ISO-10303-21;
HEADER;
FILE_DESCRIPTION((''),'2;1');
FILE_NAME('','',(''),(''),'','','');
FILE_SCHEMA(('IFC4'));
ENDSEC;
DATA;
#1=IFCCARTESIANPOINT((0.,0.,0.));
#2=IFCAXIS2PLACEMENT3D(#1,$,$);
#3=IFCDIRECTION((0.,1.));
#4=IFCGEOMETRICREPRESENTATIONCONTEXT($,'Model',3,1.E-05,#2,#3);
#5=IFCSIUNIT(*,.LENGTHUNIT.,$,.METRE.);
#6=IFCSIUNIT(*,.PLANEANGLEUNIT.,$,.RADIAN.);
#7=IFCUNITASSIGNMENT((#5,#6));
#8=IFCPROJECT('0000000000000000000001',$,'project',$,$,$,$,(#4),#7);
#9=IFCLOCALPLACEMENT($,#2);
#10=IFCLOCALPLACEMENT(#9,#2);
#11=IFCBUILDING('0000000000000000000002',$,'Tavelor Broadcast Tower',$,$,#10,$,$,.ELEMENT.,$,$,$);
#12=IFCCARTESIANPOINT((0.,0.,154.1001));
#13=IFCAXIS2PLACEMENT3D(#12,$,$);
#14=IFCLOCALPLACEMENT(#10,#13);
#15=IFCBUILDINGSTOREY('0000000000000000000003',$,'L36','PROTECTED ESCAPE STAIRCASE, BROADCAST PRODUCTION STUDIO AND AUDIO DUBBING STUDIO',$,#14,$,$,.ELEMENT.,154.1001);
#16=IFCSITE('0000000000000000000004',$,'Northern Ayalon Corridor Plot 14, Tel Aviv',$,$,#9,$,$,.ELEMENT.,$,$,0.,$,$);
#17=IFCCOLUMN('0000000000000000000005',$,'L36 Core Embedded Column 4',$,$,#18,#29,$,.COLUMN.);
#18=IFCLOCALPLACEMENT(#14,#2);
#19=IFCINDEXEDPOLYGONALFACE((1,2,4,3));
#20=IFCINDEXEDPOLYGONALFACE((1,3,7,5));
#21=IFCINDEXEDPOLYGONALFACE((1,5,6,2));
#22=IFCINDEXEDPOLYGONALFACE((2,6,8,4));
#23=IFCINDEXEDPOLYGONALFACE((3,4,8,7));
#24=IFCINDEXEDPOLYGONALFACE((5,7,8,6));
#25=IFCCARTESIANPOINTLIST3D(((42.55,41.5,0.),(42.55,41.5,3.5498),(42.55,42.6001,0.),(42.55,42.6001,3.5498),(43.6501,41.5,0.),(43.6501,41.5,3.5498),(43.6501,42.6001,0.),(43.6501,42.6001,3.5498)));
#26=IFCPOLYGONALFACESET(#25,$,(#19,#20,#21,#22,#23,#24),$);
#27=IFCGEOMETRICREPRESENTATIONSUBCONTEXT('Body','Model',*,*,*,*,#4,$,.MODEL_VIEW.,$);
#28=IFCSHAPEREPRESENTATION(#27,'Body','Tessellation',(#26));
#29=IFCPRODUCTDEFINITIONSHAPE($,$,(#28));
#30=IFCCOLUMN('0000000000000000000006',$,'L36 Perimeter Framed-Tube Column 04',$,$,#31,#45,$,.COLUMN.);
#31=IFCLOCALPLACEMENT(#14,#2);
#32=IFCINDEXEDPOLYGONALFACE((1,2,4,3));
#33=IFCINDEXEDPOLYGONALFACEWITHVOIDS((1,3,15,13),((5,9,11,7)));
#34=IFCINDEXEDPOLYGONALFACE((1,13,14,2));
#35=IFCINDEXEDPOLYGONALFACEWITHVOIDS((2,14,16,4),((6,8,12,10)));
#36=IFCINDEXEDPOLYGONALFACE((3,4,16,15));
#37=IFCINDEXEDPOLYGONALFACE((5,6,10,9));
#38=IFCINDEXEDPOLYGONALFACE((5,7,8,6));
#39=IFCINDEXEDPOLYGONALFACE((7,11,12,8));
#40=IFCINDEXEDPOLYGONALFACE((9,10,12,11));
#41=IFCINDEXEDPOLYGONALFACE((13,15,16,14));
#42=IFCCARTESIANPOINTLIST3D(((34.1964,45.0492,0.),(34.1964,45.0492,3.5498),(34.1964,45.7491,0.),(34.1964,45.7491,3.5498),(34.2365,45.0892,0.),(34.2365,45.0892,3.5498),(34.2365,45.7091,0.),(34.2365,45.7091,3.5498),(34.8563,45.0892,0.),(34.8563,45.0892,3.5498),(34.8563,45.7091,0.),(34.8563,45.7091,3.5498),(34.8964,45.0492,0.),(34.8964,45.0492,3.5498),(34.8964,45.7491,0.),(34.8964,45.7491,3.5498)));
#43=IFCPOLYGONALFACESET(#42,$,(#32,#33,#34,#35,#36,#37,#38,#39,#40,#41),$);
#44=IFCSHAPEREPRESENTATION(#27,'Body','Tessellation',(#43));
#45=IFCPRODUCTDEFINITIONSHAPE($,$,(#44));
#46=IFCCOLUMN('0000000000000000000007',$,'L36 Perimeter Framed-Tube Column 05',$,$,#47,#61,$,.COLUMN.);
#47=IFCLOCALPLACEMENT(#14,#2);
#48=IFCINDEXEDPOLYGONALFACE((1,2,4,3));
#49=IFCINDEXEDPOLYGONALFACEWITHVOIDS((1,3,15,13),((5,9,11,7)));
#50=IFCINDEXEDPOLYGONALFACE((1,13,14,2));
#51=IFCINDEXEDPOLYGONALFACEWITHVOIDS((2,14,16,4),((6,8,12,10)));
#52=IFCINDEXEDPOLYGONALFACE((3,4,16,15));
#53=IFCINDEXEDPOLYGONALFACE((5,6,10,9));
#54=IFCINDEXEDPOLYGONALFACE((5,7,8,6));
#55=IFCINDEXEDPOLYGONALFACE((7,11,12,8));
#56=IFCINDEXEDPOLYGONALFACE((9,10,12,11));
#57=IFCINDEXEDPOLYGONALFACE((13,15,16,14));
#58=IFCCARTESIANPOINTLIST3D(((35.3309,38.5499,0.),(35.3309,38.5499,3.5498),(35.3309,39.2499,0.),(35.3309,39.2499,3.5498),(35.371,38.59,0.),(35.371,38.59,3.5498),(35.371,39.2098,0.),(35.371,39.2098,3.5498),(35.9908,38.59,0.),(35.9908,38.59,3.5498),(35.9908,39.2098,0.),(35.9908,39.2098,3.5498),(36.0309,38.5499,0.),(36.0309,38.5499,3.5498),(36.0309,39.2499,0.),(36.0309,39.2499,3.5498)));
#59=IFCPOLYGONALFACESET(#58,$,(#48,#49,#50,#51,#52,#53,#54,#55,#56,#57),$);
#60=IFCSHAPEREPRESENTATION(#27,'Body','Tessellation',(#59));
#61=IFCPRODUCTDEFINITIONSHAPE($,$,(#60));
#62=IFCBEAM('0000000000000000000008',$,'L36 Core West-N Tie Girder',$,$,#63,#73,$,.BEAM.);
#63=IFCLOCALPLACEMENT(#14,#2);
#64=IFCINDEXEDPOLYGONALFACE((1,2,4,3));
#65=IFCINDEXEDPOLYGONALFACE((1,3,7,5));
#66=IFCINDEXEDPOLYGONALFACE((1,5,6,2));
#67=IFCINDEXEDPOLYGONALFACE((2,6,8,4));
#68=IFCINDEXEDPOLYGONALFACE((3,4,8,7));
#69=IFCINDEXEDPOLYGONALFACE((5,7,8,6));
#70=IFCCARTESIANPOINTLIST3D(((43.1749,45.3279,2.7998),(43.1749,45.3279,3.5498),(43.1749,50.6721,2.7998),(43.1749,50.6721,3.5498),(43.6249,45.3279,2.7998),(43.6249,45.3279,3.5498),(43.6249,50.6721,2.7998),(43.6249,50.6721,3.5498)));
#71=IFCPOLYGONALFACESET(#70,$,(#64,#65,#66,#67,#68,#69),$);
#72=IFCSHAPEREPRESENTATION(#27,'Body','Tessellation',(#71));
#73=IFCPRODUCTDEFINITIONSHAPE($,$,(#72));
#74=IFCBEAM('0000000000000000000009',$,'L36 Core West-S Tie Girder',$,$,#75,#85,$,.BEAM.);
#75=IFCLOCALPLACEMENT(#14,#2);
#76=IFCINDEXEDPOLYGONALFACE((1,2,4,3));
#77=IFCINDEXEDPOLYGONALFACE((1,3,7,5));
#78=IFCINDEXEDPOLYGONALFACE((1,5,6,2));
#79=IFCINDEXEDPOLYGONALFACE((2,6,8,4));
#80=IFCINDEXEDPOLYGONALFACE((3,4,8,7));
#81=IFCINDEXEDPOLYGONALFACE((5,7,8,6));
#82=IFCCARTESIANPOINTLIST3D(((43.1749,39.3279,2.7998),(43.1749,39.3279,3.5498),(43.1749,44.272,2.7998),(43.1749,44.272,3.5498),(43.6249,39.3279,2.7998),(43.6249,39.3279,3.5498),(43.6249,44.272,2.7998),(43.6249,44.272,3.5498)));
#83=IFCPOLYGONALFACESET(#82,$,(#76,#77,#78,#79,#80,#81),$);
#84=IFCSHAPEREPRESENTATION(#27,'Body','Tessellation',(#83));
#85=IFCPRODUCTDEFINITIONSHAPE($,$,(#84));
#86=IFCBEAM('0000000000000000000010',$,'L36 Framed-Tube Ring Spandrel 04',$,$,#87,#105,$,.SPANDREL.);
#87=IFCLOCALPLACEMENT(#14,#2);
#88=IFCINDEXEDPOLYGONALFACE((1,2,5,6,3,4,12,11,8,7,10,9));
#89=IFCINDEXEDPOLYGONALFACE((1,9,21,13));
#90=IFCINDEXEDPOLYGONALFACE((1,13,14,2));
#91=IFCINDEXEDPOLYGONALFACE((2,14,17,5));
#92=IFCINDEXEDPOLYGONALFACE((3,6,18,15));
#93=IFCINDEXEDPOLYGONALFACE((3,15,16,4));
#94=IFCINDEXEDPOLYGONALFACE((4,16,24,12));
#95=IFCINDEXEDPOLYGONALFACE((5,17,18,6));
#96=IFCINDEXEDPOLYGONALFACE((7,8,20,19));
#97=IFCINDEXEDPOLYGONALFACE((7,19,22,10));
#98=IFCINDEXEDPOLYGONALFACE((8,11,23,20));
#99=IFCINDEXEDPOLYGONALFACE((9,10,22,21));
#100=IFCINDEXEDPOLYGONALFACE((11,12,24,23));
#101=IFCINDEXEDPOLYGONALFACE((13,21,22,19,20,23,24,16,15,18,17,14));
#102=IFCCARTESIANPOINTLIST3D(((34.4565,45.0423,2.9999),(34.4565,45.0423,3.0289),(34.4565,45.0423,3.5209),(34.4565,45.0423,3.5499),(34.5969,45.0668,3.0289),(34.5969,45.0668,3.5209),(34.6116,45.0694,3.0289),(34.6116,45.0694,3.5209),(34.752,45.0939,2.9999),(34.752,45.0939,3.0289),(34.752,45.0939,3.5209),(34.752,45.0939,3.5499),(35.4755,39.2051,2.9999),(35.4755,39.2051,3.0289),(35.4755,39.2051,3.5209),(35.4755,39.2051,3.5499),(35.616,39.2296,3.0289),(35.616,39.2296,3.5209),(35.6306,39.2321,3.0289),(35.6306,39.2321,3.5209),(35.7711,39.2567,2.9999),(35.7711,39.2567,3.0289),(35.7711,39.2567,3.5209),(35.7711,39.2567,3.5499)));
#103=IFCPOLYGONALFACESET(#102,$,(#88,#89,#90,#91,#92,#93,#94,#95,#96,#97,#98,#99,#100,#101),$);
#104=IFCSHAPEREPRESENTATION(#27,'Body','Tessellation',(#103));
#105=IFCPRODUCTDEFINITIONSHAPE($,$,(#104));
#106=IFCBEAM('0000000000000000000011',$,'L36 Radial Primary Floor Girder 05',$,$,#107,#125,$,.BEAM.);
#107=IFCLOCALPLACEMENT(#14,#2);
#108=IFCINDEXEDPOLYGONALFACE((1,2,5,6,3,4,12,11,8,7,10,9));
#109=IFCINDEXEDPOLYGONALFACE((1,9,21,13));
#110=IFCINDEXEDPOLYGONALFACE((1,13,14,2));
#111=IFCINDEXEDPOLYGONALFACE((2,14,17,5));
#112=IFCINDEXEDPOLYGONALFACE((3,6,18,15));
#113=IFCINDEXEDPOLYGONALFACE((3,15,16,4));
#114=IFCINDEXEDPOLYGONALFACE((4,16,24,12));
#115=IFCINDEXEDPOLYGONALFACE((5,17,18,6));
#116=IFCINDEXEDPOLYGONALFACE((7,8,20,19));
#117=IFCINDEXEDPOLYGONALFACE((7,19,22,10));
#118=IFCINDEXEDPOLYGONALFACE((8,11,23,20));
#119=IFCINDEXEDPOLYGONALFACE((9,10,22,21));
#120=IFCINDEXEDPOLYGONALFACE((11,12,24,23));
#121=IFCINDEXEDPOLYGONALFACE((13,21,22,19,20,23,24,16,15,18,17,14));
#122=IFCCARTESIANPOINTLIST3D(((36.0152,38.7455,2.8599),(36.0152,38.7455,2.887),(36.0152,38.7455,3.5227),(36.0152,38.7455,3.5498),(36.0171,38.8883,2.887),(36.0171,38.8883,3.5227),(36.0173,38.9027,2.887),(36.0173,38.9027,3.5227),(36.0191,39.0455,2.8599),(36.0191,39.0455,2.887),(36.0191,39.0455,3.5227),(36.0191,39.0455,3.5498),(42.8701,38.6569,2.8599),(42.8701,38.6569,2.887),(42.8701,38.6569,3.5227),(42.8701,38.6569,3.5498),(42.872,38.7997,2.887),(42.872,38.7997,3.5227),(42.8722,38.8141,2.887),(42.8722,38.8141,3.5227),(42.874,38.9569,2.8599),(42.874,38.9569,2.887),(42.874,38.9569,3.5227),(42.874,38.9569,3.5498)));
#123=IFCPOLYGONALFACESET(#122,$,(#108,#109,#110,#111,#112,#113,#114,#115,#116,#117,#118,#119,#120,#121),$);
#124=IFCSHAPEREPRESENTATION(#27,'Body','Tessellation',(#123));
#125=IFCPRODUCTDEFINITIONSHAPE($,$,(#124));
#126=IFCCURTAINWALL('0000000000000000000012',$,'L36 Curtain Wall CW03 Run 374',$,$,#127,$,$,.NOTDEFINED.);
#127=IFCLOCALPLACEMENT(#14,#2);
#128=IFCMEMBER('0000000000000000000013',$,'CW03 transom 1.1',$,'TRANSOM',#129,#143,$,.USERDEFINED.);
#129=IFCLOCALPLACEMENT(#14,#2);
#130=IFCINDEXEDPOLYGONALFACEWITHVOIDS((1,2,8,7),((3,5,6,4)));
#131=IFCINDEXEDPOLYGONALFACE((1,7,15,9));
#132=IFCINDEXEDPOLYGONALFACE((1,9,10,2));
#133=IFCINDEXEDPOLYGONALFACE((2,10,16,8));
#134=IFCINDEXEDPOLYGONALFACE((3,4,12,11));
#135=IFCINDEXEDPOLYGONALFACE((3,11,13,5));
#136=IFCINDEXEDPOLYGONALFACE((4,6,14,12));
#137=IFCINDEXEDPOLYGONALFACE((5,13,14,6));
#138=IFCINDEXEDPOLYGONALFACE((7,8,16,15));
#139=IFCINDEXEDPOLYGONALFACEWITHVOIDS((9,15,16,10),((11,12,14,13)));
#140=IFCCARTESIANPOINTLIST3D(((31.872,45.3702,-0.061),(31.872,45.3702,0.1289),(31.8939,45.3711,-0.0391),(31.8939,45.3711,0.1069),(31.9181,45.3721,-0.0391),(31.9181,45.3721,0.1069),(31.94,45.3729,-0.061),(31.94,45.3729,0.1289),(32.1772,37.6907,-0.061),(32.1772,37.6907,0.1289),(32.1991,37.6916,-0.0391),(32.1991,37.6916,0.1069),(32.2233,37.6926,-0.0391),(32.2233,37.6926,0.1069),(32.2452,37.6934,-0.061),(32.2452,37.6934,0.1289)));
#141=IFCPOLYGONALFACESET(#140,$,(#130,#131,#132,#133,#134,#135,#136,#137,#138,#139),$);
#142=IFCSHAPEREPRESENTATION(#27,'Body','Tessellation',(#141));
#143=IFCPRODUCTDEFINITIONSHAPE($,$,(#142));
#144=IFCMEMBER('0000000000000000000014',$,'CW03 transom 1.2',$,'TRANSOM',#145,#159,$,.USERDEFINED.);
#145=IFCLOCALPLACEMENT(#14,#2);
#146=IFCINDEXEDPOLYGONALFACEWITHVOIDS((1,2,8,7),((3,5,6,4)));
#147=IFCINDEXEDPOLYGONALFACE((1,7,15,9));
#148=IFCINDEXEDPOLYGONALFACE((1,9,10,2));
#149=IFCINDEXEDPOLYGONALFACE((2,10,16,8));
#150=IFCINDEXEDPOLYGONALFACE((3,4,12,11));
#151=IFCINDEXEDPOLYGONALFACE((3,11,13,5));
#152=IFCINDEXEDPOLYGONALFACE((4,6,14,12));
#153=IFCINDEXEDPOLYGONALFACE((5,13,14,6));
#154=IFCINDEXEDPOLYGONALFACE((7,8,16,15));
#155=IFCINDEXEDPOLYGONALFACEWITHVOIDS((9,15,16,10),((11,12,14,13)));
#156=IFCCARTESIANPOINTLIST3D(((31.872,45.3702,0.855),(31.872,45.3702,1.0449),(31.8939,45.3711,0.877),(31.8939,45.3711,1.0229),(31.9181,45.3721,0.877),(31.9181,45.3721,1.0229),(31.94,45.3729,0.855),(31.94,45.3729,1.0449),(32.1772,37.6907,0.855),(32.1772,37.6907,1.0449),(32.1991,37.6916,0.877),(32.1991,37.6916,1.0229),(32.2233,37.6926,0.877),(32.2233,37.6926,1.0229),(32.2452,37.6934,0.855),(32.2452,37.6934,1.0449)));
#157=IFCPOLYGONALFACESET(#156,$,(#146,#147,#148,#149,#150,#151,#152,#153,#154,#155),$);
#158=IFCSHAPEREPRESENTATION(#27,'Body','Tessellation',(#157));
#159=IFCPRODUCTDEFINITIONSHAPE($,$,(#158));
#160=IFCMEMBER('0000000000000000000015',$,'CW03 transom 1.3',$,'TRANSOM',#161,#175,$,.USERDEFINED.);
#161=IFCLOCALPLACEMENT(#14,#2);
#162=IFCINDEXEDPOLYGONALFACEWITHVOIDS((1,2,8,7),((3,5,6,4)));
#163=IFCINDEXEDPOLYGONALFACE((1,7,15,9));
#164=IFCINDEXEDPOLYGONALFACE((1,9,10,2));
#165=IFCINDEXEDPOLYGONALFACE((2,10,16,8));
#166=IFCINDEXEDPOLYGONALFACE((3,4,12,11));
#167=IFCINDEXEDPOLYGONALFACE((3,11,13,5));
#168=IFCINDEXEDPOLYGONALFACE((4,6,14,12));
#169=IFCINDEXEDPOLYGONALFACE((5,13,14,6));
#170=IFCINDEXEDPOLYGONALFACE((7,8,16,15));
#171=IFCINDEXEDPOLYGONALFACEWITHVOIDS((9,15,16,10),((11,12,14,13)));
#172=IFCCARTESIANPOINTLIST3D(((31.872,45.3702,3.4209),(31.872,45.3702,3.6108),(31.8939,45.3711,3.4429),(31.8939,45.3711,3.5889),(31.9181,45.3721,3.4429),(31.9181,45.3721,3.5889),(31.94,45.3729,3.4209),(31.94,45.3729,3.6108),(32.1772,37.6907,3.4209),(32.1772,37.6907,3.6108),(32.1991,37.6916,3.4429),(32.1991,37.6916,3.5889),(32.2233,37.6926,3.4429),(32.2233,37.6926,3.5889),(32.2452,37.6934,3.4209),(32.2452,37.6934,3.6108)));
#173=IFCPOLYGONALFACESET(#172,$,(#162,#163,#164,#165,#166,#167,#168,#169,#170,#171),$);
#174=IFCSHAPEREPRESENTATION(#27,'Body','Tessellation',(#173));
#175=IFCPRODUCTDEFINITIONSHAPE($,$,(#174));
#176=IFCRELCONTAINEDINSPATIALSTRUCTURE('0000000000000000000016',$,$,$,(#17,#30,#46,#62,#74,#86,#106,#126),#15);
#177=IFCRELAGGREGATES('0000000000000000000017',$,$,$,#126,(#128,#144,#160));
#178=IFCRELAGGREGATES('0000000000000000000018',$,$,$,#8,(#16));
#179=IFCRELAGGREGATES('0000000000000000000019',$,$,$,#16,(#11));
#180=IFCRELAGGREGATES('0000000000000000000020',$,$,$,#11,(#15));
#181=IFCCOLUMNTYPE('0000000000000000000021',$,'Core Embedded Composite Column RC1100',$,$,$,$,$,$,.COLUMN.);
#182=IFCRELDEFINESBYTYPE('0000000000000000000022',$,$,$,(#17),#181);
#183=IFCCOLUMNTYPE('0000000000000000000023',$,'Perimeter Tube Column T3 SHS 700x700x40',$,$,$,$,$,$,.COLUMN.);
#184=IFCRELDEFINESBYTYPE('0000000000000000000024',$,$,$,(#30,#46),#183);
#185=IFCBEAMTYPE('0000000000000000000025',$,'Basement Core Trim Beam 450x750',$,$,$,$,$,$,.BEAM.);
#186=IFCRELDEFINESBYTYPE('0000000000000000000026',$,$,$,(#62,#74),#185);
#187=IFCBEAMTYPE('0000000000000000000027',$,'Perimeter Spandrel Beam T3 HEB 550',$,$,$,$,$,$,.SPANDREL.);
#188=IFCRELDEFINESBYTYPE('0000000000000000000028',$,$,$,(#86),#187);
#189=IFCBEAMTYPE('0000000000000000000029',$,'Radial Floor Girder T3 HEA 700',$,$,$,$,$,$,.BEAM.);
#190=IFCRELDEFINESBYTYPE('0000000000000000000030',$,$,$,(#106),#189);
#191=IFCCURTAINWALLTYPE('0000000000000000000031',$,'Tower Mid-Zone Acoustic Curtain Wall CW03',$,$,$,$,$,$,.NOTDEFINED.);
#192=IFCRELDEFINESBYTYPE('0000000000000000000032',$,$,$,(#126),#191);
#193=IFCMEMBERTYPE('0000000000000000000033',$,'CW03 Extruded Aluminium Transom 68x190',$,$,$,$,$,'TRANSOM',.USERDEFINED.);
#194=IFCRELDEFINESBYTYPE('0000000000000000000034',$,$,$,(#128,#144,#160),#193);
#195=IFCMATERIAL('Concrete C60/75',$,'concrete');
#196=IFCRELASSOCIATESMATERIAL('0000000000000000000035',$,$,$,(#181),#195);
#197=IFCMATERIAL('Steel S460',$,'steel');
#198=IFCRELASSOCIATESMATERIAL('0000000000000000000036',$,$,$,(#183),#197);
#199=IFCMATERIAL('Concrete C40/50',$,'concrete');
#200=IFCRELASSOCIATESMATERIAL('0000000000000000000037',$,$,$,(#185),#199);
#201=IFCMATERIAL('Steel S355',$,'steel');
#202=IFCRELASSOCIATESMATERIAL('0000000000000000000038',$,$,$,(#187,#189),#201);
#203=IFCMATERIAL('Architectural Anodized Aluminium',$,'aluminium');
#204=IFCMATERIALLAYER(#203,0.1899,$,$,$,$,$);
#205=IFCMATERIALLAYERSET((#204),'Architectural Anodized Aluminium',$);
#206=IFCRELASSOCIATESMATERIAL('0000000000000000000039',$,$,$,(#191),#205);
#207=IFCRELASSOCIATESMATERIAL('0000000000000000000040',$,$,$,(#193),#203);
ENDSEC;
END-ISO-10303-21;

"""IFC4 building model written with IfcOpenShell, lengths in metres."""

from ifc_helpers import new_model, si_unit, direction, frame, origin, origin_2d, place, context, subcontext, project, spatial, rectangle, hollow_rectangle, i_section, extrude, source, transform, mapped, material, layer, layer_set, material_profile, profile_set, type_object, type_shapes, element, aggregate, save


model = new_model("IFC4")

# Units and contexts
model_context = context("Model", 3, precision=1e-05, world=origin(), true_north=direction((0.0, 1.0)))
body_context = subcontext(model_context, "Body", "Model", "MODEL_VIEW")
ifc_project = project(units=[si_unit("LENGTHUNIT", "METRE"), si_unit("PLANEANGLEUNIT", "RADIAN")], contexts=[model_context])

# Site, building, storey
site_placement = place(None, origin())
site = spatial("IfcSite", under=ifc_project, at=site_placement, Name="Northern Ayalon Corridor Plot 14, Tel Aviv", CompositionType="ELEMENT", RefElevation=0.0)
building_placement = place(site_placement, origin())
building = spatial("IfcBuilding", under=site, at=building_placement, Name="Tavelor Broadcast Tower", CompositionType="ELEMENT")
storey_placement = place(building_placement, frame((0.0, 0.0, 154.1001)))
storey = spatial("IfcBuildingStorey", under=building, at=storey_placement, Name="L36", Description="PROTECTED ESCAPE STAIRCASE, BROADCAST PRODUCTION STUDIO AND AUDIO DUBBING STUDIO", CompositionType="ELEMENT", Elevation=154.1001)

# Columns
ifc_material_1 = material(Name="Concrete C60/75", Category="concrete")
ifc_material_profile_1 = material_profile(ifc_material_1, rectangle(XDim=1.1001, YDim=1.1001, at=origin_2d()), Name="RC 1100x1100")
ifc_profile_set_1 = profile_set([ifc_material_profile_1], Name="Concrete C60/75")
column_type_1 = type_object("IfcColumnType", Name="Core Embedded Composite Column RC1100", PredefinedType="COLUMN", material=ifc_profile_set_1)
column_placement = place(storey_placement, frame((43.1001, 42.05, 0.0), z_axis=(0.0, 0.0, 1.0), x_axis=(1.0, 0.0, 0.0)))
element("IfcColumn", 1, at=column_placement, inside=storey, type_object=column_type_1, Name="L36 Core Embedded Column 4", PredefinedType="COLUMN", context=body_context, shape_type="SweptSolid", body=[
    extrude(rectangle(XDim=1.1001, YDim=1.1001, at=origin_2d()), origin(), (0.0, 0.0, 1.0), 3.5498),
])
ifc_material_2 = material(Name="Steel S460", Category="steel")
ifc_material_profile_2 = material_profile(ifc_material_2, hollow_rectangle(XDim=0.7, YDim=0.7, WallThickness=0.04, at=origin_2d()), Name="SHS 700x700x40")
ifc_profile_set_2 = profile_set([ifc_material_profile_2], Name="Steel S460")
column_type_2 = type_object("IfcColumnType", Name="Perimeter Tube Column T3 SHS 700x700x40", PredefinedType="COLUMN", material=ifc_profile_set_2)
for number, where, z_axis, x_axis, name in (
    (2, (34.5464, 45.3992, 0.0), (0.0, 0.0, 1.0), (1.0, 0.0, 0.0), "L36 Perimeter Framed-Tube Column 04"),
    (3, (35.6809, 38.8999, 0.0), (0.0, 0.0, 1.0), (1.0, 0.0, 0.0), "L36 Perimeter Framed-Tube Column 05"),
):
    element("IfcColumn", number, at=place(storey_placement, frame(where, z_axis=z_axis, x_axis=x_axis)), inside=storey, type_object=column_type_2, Name=name, PredefinedType="COLUMN", context=body_context, shape_type="SweptSolid", body=[
        extrude(hollow_rectangle(XDim=0.7, YDim=0.7, WallThickness=0.04, at=origin_2d()), origin(), (0.0, 0.0, 1.0), 3.5498),
    ])

# Beams
ifc_material_3 = material(Name="Concrete C40/50", Category="concrete")
ifc_material_profile_3 = material_profile(ifc_material_3, rectangle(XDim=0.45, YDim=0.75, at=origin_2d()), Name="RC 450x750")
ifc_profile_set_3 = profile_set([ifc_material_profile_3], Name="Concrete C40/50")
beam_type_1 = type_object("IfcBeamType", Name="Basement Core Trim Beam 450x750", PredefinedType="BEAM", material=ifc_profile_set_3)
beam_1_placement = place(storey_placement, frame((43.3999, 45.3279, 3.1748), z_axis=(0.0, 1.0, 0.0), x_axis=(-1.0, 0.0, 0.0)))
element("IfcBeam", 4, at=beam_1_placement, inside=storey, type_object=beam_type_1, Name="L36 Core West-N Tie Girder", PredefinedType="BEAM", context=body_context, shape_type="SweptSolid", body=[
    extrude(rectangle(XDim=0.45, YDim=0.75, at=origin_2d()), origin(), (0.0, 0.0, 1.0), 5.3442),
])
beam_2_placement = place(storey_placement, frame((43.3999, 39.3279, 3.1748), z_axis=(0.0, 1.0, 0.0), x_axis=(-1.0, 0.0, 0.0)))
element("IfcBeam", 5, at=beam_2_placement, inside=storey, type_object=beam_type_1, Name="L36 Core West-S Tie Girder", PredefinedType="BEAM", context=body_context, shape_type="SweptSolid", body=[
    extrude(rectangle(XDim=0.45, YDim=0.75, at=origin_2d()), origin(), (0.0, 0.0, 1.0), 4.9441),
])
ifc_material_4 = material(Name="Steel S355", Category="steel")
ifc_material_profile_4 = material_profile(ifc_material_4, i_section(OverallWidth=0.3, OverallDepth=0.55, WebThickness=0.0149, FlangeThickness=0.0291, at=origin_2d()), Name="HEB 550")
ifc_profile_set_4 = profile_set([ifc_material_profile_4], Name="Steel S355")
beam_type_2 = type_object("IfcBeamType", Name="Perimeter Spandrel Beam T3 HEB 550", PredefinedType="SPANDREL", material=ifc_profile_set_4)
beam_3_placement = place(storey_placement, frame((34.6042, 45.0681, 3.2749), z_axis=(0.171978, -0.985101, 0.0), x_axis=(0.985101, 0.171978, 0.0)))
element("IfcBeam", 6, at=beam_3_placement, inside=storey, type_object=beam_type_2, Name="L36 Framed-Tube Ring Spandrel 04", PredefinedType="SPANDREL", context=body_context, shape_type="SweptSolid", body=[
    extrude(i_section(OverallWidth=0.3, OverallDepth=0.55, WebThickness=0.0149, FlangeThickness=0.0291, at=origin_2d()), origin(), (0.0, 0.0, 1.0), 5.9255),
])
ifc_material_profile_5 = material_profile(ifc_material_4, i_section(OverallWidth=0.3, OverallDepth=0.6899, WebThickness=0.0144, FlangeThickness=0.0271, at=origin_2d()), Name="HEA 700")
ifc_profile_set_5 = profile_set([ifc_material_profile_5], Name="Steel S355")
beam_type_3 = type_object("IfcBeamType", Name="Radial Floor Girder T3 HEA 700", PredefinedType="BEAM", material=ifc_profile_set_5)
beam_4_placement = place(storey_placement, frame((42.8721, 38.8069, 3.2048), z_axis=(-0.999916, 0.012927, 0.0), x_axis=(-0.012927, -0.999916, 0.0)))
element("IfcBeam", 7, at=beam_4_placement, inside=storey, type_object=beam_type_3, Name="L36 Radial Primary Floor Girder 05", PredefinedType="BEAM", context=body_context, shape_type="SweptSolid", body=[
    extrude(i_section(OverallWidth=0.3, OverallDepth=0.6899, WebThickness=0.0144, FlangeThickness=0.0271, at=origin_2d()), origin(), (0.0, 0.0, 1.0), 6.8555),
])

# Curtain wall, members
ifc_material_5 = material(Name="Architectural Anodized Aluminium", Category="aluminium")
ifc_layer_1 = layer(ifc_material_5, 0.1899)
ifc_layer_set_1 = layer_set([ifc_layer_1], Name="Architectural Anodized Aluminium")
curtain_wall_type = type_object("IfcCurtainWallType", Name="Tower Mid-Zone Acoustic Curtain Wall CW03", PredefinedType="NOTDEFINED", material=ifc_layer_set_1)
curtain_wall_placement = place(storey_placement, origin())
curtain_wall = element("IfcCurtainWall", 8, at=curtain_wall_placement, inside=storey, type_object=curtain_wall_type, Name="L36 Curtain Wall CW03 Run 374", PredefinedType="NOTDEFINED")
ifc_material_profile_6 = material_profile(ifc_material_5, hollow_rectangle(XDim=0.0681, YDim=0.1899, WallThickness=0.022, at=origin_2d()), Name="RHS 68x190x22")
ifc_profile_set_6 = profile_set([ifc_material_profile_6], Name="Architectural Anodized Aluminium")
member_type = type_object("IfcMemberType", Name="CW03 Extruded Aluminium Transom 68x190", ElementType="TRANSOM", PredefinedType="USERDEFINED", material=ifc_profile_set_6)
shared_shape_1 = source(origin(), body_context, "Body", "SweptSolid", [
    extrude(hollow_rectangle(XDim=0.0681, YDim=0.1899, WallThickness=0.022, at=origin_2d()), origin(), (0.0, 0.0, 1.0), 7.6855),
])
type_shapes(member_type, [shared_shape_1])
member_1_placement = place(storey_placement, frame((31.906, 45.3716, 0.0339), z_axis=(0.039708, -0.999211, 0.0), x_axis=(0.999211, 0.039708, 0.0)))
member_1 = element("IfcMember", 9, at=member_1_placement, type_object=member_type, Name="CW03 transom 1.1", ObjectType="TRANSOM", PredefinedType="USERDEFINED", context=body_context, shape_type="MappedRepresentation", body=[
    mapped(shared_shape_1, transform((0.0, 0.0, 0.0), scale=1.0)),
])
member_2_placement = place(storey_placement, frame((31.906, 45.3716, 0.95), z_axis=(0.039708, -0.999211, 0.0), x_axis=(0.999211, 0.039708, 0.0)))
member_2 = element("IfcMember", 10, at=member_2_placement, type_object=member_type, Name="CW03 transom 1.2", ObjectType="TRANSOM", PredefinedType="USERDEFINED", context=body_context, shape_type="MappedRepresentation", body=[
    mapped(shared_shape_1, transform((0.0, 0.0, 0.0), scale=1.0)),
])
member_3_placement = place(storey_placement, frame((31.906, 45.3716, 3.5159), z_axis=(0.039708, -0.999211, 0.0), x_axis=(0.999211, 0.039708, 0.0)))
member_3 = element("IfcMember", 11, at=member_3_placement, type_object=member_type, Name="CW03 transom 1.3", ObjectType="TRANSOM", PredefinedType="USERDEFINED", context=body_context, shape_type="MappedRepresentation", body=[
    mapped(shared_shape_1, transform((0.0, 0.0, 0.0), scale=1.0)),
])

aggregate(curtain_wall, [member_1, member_2, member_3])

save(model, "model.ifc")
